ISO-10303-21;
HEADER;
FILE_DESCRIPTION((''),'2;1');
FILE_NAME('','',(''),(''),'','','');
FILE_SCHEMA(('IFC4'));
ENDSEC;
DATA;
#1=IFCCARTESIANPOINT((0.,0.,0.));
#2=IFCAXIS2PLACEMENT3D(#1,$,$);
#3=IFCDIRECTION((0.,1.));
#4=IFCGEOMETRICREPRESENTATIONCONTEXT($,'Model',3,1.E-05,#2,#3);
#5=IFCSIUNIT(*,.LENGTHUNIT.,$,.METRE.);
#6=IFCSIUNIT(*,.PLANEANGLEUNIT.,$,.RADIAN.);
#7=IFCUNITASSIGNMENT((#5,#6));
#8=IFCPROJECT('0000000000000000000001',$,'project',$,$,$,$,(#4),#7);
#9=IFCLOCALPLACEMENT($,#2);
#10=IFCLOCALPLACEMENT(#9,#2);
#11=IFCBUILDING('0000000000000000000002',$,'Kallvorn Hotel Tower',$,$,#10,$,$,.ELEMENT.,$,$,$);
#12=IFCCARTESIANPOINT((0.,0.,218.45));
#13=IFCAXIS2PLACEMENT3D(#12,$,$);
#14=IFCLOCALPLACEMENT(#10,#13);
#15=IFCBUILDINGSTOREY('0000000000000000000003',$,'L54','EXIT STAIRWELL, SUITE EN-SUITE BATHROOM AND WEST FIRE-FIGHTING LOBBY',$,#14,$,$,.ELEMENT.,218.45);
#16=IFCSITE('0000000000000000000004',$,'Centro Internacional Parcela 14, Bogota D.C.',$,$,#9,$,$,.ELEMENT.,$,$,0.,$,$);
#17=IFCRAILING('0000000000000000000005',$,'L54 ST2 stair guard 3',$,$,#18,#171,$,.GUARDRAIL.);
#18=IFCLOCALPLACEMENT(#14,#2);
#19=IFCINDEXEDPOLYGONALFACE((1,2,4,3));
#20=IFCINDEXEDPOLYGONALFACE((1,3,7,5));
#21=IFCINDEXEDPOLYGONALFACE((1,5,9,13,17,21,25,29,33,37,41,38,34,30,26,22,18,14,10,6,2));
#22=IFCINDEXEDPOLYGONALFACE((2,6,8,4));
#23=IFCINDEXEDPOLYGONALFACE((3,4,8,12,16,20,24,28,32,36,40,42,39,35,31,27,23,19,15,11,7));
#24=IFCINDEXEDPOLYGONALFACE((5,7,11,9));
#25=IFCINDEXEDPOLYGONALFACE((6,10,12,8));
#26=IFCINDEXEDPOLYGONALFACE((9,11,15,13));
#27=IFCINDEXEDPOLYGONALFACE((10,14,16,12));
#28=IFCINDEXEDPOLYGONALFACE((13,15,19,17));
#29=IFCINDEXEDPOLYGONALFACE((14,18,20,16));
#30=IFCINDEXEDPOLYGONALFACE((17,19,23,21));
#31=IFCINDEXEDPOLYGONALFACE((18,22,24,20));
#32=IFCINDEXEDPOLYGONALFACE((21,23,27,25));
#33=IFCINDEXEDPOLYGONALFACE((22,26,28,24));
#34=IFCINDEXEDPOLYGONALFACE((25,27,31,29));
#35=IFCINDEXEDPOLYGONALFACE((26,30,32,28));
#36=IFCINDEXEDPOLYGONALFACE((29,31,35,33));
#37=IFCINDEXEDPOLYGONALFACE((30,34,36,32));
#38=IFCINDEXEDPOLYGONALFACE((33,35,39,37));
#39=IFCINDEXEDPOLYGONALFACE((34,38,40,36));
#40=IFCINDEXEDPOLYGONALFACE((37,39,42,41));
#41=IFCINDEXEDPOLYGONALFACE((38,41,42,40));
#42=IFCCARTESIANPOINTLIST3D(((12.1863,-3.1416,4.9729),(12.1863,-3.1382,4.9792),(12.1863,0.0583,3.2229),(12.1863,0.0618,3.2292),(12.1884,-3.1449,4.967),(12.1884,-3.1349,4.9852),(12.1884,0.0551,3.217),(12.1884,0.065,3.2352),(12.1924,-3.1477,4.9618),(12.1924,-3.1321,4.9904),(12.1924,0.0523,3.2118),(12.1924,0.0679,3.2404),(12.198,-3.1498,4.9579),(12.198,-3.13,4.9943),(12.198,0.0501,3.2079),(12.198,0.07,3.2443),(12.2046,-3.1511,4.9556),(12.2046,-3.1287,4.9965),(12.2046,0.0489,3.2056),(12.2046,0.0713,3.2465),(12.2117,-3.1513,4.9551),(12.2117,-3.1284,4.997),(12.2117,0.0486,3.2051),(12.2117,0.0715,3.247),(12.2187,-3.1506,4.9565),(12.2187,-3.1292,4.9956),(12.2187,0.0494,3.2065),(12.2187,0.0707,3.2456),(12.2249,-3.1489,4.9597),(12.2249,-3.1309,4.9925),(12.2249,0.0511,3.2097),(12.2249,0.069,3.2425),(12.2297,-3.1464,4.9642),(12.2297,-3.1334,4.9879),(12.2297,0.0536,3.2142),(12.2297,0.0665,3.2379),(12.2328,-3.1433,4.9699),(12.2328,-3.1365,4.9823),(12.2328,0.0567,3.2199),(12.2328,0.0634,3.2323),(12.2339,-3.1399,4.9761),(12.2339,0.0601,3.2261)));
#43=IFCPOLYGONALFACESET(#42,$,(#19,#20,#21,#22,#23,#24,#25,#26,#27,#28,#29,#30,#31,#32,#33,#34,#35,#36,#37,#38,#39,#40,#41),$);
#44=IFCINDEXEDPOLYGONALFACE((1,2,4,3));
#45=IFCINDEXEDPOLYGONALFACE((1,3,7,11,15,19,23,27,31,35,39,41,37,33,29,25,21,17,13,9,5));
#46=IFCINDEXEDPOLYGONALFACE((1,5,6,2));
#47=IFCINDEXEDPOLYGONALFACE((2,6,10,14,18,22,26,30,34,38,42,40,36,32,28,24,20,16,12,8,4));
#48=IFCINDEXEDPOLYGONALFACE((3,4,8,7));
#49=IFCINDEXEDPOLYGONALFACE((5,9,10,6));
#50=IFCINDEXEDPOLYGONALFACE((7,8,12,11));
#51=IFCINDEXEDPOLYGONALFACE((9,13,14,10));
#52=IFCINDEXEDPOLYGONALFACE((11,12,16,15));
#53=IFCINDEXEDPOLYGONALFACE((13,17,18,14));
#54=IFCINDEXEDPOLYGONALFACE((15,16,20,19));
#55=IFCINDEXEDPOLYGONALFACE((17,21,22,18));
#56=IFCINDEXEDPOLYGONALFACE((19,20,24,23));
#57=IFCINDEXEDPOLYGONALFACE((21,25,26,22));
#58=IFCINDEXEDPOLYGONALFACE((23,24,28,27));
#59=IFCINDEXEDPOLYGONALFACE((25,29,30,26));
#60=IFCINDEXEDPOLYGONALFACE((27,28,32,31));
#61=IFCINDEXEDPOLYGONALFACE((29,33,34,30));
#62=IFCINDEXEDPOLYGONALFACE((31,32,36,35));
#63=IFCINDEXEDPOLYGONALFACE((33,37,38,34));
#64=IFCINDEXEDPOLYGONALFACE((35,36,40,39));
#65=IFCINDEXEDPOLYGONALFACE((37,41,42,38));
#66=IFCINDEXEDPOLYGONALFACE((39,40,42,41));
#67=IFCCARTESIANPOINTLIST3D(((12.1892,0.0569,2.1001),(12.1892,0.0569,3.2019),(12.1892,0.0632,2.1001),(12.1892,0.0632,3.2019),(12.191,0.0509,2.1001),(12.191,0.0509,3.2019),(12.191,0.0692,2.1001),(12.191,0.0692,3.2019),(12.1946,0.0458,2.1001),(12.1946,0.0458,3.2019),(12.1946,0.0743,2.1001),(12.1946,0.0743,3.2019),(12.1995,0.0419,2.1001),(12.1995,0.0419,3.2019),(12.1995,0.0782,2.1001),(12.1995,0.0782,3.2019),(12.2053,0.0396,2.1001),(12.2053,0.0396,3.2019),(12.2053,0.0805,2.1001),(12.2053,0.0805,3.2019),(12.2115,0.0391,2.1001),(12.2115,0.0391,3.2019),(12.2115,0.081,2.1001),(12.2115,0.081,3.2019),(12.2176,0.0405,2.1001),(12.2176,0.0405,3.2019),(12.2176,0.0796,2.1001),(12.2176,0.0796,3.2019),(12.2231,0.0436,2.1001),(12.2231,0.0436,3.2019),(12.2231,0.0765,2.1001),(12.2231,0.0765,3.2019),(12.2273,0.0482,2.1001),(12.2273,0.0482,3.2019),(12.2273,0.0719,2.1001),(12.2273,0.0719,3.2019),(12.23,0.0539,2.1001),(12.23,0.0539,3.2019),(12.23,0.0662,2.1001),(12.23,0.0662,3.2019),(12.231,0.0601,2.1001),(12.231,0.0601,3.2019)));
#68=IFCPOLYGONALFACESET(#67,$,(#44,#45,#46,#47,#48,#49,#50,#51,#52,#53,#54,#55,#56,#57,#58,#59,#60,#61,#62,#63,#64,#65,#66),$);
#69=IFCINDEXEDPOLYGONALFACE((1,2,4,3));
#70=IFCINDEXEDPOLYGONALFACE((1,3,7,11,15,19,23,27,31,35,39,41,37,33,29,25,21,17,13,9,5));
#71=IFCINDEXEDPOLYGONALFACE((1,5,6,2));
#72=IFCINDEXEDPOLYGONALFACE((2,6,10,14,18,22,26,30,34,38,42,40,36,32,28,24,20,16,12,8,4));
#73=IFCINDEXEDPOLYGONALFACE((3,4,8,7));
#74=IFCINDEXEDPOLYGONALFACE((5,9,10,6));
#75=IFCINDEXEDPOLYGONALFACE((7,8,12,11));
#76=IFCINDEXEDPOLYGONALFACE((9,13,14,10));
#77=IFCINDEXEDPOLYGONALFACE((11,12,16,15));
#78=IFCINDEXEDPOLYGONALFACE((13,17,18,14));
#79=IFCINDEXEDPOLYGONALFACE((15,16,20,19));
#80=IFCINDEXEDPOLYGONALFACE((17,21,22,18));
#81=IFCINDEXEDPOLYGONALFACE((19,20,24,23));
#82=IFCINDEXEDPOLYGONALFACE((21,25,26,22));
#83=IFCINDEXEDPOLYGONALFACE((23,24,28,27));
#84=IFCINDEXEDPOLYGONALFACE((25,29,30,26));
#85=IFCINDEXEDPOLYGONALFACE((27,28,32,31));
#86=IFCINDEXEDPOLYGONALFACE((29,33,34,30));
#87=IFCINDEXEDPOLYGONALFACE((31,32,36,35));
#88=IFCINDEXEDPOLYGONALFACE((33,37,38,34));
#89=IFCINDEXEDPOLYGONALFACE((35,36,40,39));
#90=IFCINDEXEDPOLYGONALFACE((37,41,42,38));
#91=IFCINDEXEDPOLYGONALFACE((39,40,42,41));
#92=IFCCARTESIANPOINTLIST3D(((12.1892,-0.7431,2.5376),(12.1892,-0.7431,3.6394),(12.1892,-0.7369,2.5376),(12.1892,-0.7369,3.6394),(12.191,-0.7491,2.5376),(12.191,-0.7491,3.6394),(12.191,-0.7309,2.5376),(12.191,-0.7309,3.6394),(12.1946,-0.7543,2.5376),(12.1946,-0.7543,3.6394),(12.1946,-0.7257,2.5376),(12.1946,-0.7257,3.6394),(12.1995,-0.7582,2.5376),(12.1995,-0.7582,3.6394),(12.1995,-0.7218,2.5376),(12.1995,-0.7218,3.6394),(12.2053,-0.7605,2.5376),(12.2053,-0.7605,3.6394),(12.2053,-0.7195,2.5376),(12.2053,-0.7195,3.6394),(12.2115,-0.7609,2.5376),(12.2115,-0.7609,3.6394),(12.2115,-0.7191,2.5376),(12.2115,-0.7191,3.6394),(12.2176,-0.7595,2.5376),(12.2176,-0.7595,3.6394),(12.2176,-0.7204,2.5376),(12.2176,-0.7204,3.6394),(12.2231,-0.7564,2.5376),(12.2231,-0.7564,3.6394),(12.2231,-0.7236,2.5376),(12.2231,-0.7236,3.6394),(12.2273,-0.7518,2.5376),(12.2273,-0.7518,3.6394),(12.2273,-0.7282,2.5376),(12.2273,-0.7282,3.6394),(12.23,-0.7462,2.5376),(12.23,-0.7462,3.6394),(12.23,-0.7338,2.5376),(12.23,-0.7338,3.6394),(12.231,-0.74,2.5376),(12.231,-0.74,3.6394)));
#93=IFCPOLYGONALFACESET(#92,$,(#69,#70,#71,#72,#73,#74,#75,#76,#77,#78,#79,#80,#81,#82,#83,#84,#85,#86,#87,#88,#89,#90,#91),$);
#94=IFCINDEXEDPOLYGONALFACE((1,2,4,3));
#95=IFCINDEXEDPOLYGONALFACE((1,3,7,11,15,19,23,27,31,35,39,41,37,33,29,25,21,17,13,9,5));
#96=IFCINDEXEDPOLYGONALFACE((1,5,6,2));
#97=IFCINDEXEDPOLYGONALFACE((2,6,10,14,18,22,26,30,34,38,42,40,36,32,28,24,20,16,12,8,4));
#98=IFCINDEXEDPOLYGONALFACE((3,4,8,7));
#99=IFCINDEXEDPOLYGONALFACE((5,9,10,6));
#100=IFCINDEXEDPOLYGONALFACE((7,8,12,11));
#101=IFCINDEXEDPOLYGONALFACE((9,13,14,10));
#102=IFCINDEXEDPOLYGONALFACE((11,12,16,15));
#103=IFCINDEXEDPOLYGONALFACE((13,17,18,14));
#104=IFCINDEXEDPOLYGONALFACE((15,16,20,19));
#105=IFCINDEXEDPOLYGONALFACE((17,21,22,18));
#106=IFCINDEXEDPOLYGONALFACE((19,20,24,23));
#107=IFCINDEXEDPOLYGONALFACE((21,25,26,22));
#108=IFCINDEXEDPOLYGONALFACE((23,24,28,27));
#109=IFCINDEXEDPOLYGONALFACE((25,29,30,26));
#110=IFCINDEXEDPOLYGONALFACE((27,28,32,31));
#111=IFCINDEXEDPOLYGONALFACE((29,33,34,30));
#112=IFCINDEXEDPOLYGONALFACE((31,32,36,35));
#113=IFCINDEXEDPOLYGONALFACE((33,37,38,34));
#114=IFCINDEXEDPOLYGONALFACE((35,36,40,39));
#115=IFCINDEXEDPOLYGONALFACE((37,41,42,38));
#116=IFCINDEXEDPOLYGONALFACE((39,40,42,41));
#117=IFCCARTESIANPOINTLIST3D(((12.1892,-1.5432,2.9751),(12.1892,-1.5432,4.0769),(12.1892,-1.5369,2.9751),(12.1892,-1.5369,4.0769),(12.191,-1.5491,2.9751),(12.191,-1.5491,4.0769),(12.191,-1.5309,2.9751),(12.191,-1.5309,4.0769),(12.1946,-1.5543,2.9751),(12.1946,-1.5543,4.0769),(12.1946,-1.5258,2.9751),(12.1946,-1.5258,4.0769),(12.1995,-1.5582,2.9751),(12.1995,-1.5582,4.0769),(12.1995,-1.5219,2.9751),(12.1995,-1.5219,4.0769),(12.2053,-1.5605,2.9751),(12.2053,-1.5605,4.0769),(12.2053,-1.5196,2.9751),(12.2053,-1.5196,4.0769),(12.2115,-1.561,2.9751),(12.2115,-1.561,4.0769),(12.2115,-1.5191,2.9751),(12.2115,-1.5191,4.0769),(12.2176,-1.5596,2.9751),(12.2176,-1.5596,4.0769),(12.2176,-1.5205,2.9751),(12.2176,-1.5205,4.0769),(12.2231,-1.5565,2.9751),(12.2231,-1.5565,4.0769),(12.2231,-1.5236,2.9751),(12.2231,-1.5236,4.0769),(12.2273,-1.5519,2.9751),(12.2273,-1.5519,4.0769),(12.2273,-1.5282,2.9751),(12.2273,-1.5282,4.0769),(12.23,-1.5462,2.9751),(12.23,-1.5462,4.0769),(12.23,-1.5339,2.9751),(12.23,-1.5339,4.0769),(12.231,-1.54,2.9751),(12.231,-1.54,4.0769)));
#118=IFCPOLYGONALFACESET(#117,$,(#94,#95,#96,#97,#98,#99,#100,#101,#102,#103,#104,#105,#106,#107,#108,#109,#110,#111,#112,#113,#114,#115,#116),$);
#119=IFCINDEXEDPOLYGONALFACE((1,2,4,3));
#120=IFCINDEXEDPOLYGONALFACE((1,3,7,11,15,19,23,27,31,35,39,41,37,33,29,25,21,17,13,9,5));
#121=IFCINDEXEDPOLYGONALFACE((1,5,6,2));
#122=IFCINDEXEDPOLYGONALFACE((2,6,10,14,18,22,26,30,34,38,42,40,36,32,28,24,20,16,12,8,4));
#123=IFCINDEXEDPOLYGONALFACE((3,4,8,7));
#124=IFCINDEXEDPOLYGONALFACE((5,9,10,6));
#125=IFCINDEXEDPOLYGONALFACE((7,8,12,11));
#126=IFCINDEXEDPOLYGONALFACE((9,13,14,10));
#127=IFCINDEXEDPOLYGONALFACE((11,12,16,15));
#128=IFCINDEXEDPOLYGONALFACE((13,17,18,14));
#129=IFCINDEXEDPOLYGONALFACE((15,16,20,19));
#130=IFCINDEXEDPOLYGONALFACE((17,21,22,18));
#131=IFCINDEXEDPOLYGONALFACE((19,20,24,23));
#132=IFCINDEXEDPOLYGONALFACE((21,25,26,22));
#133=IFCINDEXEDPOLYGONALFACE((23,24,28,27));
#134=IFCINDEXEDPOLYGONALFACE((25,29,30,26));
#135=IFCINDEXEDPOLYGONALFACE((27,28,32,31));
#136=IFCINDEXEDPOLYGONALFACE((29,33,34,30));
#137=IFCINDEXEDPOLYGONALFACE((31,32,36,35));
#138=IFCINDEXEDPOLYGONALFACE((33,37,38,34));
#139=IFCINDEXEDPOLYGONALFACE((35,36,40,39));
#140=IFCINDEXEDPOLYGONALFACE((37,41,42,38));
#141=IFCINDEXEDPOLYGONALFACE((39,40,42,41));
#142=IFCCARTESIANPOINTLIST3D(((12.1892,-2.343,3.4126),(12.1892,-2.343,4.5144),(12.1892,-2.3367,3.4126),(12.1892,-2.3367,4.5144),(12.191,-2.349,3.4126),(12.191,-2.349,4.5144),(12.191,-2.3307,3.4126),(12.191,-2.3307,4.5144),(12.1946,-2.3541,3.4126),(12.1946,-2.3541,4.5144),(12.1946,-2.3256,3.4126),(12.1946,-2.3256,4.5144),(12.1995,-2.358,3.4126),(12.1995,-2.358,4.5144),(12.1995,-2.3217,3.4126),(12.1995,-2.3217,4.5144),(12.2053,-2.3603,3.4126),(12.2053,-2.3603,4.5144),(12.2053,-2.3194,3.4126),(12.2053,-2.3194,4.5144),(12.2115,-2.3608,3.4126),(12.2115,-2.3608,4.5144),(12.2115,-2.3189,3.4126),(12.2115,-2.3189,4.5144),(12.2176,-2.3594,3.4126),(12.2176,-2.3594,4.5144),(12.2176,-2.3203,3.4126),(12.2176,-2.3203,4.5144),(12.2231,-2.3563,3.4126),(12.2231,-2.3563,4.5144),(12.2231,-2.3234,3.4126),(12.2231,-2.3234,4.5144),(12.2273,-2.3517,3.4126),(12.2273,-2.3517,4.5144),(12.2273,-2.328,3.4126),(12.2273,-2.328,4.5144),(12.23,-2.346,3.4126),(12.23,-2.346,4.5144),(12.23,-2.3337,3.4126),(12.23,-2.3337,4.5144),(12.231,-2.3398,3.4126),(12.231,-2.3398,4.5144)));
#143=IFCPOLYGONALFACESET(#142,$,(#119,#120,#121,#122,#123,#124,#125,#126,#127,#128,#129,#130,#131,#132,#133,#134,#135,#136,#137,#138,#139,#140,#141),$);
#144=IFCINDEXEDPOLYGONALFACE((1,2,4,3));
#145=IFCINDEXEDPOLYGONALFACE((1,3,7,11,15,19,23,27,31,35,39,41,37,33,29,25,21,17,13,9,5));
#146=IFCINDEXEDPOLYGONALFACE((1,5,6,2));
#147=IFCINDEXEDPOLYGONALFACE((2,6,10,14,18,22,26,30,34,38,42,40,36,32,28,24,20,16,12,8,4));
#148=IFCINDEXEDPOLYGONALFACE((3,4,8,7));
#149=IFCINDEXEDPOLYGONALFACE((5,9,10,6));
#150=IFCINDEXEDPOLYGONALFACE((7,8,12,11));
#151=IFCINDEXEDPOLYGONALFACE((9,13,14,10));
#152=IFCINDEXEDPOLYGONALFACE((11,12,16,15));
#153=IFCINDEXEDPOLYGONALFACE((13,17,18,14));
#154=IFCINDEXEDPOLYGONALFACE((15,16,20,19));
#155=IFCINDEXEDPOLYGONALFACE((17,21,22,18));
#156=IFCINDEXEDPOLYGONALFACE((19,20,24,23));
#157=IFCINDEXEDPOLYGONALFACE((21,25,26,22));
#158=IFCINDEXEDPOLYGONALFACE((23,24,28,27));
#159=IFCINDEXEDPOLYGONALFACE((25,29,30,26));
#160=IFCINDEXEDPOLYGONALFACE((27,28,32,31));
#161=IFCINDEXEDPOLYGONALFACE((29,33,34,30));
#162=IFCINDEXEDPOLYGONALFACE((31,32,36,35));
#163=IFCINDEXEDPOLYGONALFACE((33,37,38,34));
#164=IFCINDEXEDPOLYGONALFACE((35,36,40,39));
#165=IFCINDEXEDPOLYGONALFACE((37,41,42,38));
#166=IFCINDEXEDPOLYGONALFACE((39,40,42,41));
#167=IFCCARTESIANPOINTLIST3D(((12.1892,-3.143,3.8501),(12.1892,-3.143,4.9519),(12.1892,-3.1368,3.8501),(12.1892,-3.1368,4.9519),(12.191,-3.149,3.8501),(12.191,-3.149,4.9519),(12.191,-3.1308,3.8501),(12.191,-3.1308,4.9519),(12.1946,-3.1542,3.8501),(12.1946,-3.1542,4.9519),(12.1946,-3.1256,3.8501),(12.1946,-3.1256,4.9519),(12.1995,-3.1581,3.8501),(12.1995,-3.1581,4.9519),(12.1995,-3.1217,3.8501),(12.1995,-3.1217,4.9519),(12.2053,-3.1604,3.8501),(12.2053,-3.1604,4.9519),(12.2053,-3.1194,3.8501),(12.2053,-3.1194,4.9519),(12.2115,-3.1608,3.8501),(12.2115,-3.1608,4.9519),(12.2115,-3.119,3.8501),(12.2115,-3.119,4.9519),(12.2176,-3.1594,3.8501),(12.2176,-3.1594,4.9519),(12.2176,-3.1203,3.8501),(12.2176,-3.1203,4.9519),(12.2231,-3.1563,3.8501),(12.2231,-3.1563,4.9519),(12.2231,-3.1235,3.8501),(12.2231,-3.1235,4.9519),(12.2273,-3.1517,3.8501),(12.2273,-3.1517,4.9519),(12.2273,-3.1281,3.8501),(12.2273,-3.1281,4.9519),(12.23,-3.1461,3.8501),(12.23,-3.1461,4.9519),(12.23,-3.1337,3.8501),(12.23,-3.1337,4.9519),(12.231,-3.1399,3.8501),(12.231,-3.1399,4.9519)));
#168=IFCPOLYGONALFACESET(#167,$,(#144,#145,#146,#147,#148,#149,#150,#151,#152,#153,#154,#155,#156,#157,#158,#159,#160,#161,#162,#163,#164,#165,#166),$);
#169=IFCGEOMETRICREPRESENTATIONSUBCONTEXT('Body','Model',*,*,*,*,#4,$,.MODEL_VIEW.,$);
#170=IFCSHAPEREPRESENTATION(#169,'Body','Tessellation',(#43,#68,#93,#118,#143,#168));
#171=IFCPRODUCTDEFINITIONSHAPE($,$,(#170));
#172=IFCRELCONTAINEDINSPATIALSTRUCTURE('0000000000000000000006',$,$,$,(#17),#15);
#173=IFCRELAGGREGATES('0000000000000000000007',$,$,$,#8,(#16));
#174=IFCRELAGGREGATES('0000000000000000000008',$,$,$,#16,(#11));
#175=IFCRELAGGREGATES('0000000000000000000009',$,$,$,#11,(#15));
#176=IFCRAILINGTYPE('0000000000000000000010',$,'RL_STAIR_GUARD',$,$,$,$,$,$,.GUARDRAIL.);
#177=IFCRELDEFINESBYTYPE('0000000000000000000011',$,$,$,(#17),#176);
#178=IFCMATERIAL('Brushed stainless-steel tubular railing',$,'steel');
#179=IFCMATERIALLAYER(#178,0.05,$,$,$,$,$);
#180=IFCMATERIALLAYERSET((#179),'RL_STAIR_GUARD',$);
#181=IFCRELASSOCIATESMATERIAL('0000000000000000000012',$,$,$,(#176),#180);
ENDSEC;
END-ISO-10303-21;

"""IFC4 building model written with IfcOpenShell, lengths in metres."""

from ifc_helpers import new_model, si_unit, direction, frame, origin, origin_2d, place, context, subcontext, project, spatial, circle, extrude, material, layer, layer_set, type_object, element, save


model = new_model("IFC4")

# Units and contexts
model_context = context("Model", 3, precision=1e-05, world=origin(), true_north=direction((0.0, 1.0)))
body_context = subcontext(model_context, "Body", "Model", "MODEL_VIEW")
ifc_project = project(units=[si_unit("LENGTHUNIT", "METRE"), si_unit("PLANEANGLEUNIT", "RADIAN")], contexts=[model_context])

# Site, building, storey
site_placement = place(None, origin())
site = spatial("IfcSite", under=ifc_project, at=site_placement, Name="Centro Internacional Parcela 14, Bogota D.C.", CompositionType="ELEMENT", RefElevation=0.0)
building_placement = place(site_placement, origin())
building = spatial("IfcBuilding", under=site, at=building_placement, Name="Kallvorn Hotel Tower", CompositionType="ELEMENT")
storey_placement = place(building_placement, frame((0.0, 0.0, 218.45)))
storey = spatial("IfcBuildingStorey", under=building, at=storey_placement, Name="L54", Description="EXIT STAIRWELL, SUITE EN-SUITE BATHROOM AND WEST FIRE-FIGHTING LOBBY", CompositionType="ELEMENT", Elevation=218.45)

# Railing
ifc_material_1 = material(Name="Brushed stainless-steel tubular railing", Category="steel")
ifc_layer_1 = layer(ifc_material_1, 0.05)
ifc_layer_set_1 = layer_set([ifc_layer_1], Name="RL_STAIR_GUARD")
railing_type_1 = type_object("IfcRailingType", Name="RL_STAIR_GUARD", PredefinedType="GUARDRAIL", material=ifc_layer_set_1)
railing_1_placement = place(storey_placement, frame((12.21, 0.0601, 2.1001)))
element("IfcRailing", 1, at=railing_1_placement, inside=storey, type_object=railing_type_1, Name="L54 ST2 stair guard 3", PredefinedType="GUARDRAIL", context=body_context, shape_type="SweptSolid", body=[
    extrude(circle(Radius=0.0239, at=origin_2d()), frame((0.0, 0.0, 1.126), z_axis=(0.0, -0.877368, 0.479818), x_axis=(1.0, 0.0, 0.0)), (0.0, 0.0, 1.0), 3.6472),
    extrude(circle(Radius=0.021, at=origin_2d()), origin(), (0.0, 0.0, 1.0), 1.1018),
    extrude(circle(Radius=0.021, at=origin_2d()), frame((0.0, -0.8, 0.4375)), (0.0, 0.0, 1.0), 1.1018),
    extrude(circle(Radius=0.021, at=origin_2d()), frame((0.0, -1.6001, 0.875)), (0.0, 0.0, 1.0), 1.1018),
    extrude(circle(Radius=0.021, at=origin_2d()), frame((0.0, -2.3999, 1.3125)), (0.0, 0.0, 1.0), 1.1018),
    extrude(circle(Radius=0.021, at=origin_2d()), frame((0.0, -3.2, 1.75)), (0.0, 0.0, 1.0), 1.1018),
])

save(model, "model.ifc")
